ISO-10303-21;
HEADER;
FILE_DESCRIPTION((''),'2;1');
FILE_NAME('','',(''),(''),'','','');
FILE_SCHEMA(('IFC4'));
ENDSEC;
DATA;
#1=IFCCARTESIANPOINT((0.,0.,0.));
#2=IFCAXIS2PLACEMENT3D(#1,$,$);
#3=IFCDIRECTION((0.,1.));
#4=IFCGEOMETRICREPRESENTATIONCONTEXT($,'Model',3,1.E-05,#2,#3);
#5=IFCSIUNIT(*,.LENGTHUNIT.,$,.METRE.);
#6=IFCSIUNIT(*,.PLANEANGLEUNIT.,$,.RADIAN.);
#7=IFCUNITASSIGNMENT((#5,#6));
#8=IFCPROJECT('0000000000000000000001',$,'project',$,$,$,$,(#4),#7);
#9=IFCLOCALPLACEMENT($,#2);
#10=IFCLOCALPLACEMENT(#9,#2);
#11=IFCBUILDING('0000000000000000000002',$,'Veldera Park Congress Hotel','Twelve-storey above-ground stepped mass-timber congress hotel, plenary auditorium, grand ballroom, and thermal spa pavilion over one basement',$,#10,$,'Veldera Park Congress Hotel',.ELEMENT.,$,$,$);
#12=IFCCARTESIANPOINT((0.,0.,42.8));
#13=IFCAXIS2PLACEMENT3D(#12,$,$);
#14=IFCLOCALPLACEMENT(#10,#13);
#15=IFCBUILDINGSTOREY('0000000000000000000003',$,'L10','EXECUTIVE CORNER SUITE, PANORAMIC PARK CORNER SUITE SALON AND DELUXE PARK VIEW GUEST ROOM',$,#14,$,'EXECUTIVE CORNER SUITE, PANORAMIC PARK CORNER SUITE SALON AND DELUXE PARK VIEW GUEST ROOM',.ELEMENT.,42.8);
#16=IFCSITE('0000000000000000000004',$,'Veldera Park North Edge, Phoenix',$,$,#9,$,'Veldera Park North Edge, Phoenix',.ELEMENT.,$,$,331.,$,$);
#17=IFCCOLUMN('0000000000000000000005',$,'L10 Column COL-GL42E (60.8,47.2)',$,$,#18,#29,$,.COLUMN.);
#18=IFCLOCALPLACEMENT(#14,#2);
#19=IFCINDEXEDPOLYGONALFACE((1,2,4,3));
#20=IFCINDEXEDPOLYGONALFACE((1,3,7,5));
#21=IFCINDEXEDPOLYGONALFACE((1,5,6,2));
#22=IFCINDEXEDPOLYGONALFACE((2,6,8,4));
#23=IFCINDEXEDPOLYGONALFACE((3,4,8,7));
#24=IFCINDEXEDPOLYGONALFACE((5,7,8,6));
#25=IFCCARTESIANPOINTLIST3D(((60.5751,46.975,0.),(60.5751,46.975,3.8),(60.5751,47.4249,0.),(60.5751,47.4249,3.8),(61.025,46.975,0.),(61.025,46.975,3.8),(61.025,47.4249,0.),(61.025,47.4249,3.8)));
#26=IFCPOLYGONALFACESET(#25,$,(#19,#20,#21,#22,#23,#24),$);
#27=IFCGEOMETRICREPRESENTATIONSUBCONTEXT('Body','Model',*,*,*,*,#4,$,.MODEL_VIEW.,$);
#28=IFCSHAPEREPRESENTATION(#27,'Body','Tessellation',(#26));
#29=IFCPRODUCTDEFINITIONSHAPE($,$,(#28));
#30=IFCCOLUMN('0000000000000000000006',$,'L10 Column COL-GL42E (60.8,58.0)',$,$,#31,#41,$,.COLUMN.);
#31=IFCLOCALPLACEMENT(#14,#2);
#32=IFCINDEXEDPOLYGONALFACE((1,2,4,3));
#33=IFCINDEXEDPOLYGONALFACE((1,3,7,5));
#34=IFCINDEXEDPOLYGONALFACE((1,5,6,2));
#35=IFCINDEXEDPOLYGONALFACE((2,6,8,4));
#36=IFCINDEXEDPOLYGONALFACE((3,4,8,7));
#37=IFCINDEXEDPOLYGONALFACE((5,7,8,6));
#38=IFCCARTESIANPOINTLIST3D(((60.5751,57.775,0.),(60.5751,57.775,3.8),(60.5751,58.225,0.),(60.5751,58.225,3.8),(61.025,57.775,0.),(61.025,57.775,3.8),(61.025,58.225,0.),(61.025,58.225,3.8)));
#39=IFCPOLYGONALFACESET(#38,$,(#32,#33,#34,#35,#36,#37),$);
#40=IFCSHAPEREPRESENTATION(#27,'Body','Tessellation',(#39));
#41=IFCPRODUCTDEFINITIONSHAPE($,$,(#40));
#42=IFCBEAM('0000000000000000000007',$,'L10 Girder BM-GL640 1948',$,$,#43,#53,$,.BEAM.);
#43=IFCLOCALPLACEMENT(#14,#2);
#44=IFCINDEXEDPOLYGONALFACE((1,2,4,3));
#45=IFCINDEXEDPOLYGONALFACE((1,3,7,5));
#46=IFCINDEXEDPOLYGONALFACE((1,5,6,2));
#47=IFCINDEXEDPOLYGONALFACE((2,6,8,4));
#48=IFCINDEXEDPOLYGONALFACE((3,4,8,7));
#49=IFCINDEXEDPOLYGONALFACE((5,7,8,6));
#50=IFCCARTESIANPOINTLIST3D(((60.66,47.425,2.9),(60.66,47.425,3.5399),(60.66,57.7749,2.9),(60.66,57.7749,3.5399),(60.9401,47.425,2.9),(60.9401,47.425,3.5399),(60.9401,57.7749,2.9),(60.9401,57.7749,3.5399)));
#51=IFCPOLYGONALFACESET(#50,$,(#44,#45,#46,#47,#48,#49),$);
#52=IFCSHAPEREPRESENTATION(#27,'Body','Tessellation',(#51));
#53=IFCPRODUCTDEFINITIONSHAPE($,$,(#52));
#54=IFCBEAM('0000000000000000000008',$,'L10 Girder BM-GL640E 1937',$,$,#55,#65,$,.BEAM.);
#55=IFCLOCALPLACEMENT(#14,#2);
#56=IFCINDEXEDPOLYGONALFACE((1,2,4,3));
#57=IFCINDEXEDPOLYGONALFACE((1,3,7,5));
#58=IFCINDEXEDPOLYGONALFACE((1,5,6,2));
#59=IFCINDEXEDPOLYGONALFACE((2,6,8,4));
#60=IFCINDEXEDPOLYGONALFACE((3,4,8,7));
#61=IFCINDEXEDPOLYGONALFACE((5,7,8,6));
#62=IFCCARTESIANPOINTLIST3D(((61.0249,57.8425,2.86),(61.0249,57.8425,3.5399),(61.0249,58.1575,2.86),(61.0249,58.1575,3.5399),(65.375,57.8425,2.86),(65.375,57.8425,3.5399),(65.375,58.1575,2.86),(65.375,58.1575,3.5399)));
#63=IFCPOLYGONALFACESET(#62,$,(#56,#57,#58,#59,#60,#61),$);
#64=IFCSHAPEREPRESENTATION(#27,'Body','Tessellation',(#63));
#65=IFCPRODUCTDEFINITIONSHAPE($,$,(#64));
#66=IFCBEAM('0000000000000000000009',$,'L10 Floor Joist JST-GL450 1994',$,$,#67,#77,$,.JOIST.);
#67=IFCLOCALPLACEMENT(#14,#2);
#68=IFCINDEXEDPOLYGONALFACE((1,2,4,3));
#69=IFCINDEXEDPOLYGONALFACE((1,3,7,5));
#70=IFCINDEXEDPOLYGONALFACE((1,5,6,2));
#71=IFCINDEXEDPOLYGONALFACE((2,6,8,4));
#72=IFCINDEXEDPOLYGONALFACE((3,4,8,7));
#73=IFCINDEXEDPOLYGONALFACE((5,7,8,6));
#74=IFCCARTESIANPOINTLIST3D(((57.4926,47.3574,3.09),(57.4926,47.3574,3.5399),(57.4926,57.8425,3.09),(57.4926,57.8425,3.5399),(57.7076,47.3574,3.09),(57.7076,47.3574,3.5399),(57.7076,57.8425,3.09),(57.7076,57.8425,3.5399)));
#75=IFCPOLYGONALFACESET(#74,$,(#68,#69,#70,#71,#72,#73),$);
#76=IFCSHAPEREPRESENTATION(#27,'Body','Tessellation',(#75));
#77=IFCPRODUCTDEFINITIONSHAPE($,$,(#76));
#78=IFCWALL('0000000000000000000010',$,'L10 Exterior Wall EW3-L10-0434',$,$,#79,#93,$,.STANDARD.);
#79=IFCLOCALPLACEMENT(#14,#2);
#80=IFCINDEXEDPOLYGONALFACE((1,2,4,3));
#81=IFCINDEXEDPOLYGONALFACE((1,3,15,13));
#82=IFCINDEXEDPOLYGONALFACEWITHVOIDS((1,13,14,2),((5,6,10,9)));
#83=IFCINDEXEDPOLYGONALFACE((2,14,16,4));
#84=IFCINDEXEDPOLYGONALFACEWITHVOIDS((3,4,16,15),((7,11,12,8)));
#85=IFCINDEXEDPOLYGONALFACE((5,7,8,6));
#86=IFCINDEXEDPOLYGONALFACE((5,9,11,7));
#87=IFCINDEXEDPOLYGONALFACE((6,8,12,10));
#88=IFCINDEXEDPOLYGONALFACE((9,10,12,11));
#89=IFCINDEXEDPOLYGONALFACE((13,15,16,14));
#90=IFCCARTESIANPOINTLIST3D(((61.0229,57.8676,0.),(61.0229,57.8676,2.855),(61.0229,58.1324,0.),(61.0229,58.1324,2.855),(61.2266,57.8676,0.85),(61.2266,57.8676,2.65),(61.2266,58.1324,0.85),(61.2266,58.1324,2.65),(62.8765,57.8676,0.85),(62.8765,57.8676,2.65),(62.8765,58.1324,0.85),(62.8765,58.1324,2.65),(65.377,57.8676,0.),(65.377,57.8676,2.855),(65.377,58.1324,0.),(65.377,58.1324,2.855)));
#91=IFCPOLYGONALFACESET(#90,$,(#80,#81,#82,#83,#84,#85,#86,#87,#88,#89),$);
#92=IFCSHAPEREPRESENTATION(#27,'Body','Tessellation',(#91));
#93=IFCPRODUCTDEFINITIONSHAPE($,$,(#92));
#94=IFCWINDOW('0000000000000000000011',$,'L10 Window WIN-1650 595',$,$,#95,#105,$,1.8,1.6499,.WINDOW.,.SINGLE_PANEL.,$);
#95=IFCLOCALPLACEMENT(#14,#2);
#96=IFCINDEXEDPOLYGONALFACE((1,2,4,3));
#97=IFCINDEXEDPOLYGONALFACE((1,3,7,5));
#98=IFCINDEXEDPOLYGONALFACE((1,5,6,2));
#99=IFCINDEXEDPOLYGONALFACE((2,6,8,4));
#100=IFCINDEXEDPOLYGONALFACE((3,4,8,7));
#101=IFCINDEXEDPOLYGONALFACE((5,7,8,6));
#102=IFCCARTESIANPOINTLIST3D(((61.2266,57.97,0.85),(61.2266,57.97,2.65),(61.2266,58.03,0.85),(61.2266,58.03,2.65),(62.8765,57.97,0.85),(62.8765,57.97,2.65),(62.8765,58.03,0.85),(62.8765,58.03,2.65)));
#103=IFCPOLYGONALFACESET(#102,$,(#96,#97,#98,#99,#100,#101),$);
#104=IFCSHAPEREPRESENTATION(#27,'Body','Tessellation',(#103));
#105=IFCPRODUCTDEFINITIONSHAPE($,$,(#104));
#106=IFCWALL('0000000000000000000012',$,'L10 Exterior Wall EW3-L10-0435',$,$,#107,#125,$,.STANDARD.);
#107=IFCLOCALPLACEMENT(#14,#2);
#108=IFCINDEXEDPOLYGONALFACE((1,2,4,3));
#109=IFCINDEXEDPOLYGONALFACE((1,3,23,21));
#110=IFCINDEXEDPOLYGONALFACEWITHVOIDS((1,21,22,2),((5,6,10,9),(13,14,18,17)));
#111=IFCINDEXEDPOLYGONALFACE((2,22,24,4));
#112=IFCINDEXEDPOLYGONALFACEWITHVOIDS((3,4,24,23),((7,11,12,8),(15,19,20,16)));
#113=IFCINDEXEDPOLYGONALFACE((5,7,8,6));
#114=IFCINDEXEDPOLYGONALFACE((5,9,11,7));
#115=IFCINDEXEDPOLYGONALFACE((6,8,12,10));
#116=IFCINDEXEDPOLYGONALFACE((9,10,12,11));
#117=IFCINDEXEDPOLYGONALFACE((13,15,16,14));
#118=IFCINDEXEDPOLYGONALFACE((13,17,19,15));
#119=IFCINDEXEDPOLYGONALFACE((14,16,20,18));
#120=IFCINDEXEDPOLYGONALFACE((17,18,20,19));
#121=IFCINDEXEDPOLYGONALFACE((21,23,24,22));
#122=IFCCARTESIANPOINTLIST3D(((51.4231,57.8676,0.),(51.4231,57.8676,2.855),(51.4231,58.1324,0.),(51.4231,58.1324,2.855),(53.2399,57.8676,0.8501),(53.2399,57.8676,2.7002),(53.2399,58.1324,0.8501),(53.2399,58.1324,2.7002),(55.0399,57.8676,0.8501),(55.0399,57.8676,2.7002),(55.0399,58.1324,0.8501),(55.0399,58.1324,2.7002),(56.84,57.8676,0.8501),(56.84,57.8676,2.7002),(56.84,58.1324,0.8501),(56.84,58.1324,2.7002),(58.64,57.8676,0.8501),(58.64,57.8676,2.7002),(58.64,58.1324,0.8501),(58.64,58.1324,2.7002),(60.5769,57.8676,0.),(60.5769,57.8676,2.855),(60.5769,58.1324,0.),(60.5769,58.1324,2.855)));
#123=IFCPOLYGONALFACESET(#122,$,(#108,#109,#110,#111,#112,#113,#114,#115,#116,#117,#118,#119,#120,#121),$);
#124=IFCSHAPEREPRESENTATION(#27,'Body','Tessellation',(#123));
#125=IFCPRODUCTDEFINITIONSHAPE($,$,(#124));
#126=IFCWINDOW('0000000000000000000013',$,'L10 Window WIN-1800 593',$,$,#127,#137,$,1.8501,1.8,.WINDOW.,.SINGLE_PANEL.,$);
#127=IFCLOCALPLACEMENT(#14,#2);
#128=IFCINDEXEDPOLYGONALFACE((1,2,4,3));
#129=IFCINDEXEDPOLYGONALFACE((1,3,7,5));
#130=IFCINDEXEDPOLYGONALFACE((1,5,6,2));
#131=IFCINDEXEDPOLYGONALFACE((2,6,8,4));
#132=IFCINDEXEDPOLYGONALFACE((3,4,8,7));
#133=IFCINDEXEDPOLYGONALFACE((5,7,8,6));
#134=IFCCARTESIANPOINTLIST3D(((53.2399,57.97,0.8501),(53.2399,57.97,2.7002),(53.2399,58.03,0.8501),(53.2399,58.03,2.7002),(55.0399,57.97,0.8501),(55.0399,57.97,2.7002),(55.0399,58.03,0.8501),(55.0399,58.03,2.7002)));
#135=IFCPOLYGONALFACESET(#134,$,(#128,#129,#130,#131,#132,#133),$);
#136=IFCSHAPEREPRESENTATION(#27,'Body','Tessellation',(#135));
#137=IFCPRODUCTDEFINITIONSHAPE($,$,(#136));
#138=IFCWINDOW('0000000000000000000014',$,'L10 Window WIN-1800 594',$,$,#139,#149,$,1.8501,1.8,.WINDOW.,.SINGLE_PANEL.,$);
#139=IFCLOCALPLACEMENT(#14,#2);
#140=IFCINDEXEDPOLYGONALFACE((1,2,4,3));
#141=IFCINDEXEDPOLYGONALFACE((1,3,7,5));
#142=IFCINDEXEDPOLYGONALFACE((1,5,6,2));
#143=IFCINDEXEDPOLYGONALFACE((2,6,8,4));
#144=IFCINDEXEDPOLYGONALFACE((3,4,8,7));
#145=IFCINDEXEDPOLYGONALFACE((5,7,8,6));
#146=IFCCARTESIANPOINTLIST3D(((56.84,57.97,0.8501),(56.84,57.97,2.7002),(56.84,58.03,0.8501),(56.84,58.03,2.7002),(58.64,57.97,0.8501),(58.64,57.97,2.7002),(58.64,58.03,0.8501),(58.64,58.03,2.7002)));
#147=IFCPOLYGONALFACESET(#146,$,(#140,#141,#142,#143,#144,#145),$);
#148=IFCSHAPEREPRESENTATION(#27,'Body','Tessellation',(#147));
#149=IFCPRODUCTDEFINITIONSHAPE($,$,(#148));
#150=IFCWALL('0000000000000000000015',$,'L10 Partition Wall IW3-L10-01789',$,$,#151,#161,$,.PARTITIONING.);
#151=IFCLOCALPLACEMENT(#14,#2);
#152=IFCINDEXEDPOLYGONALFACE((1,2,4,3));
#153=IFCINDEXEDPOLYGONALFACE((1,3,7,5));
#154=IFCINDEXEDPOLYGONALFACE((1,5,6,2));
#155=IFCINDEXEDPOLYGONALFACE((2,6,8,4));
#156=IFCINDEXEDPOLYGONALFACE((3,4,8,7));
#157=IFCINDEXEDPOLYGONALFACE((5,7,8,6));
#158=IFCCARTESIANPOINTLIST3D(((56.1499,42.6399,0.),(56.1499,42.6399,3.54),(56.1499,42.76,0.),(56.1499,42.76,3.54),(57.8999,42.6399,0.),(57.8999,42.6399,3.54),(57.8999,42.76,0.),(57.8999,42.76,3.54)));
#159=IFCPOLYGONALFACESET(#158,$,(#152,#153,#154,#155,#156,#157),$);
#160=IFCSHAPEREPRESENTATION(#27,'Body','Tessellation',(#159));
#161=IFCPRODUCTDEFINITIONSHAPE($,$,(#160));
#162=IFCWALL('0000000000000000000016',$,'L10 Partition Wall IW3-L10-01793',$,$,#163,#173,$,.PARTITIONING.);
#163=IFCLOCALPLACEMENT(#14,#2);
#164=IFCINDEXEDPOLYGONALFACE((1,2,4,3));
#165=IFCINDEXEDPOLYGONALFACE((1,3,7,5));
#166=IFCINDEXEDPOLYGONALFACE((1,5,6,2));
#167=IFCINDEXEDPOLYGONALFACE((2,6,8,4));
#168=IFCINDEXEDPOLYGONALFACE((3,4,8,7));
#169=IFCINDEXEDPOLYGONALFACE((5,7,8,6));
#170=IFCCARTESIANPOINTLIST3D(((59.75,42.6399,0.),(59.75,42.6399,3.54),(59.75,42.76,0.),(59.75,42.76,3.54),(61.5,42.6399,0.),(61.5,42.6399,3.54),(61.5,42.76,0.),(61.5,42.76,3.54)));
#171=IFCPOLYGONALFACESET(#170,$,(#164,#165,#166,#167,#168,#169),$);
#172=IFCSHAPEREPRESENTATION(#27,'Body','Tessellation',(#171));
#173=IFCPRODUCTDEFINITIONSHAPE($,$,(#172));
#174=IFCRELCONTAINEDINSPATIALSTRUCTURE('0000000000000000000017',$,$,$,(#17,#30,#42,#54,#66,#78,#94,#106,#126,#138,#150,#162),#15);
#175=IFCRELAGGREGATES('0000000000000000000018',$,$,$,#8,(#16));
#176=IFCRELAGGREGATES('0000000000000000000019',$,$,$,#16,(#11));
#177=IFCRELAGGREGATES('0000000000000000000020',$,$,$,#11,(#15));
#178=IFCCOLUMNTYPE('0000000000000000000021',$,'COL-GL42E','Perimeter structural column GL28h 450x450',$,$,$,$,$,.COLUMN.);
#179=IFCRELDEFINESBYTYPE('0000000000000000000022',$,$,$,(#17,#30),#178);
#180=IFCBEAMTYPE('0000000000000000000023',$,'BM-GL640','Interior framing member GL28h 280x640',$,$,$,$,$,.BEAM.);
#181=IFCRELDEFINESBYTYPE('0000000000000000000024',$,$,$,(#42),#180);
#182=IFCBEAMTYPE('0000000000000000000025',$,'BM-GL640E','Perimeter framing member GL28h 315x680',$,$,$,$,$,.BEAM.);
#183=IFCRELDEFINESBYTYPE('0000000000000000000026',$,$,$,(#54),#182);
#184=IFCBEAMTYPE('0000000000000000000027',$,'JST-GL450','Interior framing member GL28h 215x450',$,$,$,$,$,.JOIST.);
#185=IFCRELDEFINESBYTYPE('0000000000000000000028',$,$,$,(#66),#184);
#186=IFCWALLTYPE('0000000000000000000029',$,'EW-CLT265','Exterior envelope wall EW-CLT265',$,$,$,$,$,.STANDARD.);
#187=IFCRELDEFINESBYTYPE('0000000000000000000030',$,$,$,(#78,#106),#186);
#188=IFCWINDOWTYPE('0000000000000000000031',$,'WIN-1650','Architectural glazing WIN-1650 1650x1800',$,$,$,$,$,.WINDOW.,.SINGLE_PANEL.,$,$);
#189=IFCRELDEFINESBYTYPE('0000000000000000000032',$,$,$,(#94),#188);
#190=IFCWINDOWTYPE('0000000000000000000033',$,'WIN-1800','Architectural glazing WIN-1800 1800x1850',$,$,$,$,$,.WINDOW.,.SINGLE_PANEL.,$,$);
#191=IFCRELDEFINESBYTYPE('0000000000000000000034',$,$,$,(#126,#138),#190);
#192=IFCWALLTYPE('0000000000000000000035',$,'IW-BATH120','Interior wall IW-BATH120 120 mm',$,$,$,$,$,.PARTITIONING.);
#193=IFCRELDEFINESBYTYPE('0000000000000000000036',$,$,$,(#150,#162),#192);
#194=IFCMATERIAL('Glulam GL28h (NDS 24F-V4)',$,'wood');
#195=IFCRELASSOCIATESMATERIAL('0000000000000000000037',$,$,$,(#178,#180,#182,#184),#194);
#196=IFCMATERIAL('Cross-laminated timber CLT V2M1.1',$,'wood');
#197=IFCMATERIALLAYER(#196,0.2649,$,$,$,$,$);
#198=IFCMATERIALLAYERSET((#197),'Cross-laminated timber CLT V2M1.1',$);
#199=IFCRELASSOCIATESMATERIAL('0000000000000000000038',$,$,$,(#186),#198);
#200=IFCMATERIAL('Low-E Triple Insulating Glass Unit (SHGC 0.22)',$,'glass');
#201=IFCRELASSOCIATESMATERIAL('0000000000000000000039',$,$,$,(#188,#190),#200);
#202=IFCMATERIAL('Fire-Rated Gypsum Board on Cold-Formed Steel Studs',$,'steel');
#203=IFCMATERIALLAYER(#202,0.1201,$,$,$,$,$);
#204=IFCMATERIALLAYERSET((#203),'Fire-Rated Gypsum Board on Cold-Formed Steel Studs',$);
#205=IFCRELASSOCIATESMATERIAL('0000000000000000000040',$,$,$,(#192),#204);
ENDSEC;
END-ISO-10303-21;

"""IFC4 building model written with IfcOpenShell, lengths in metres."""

from ifc_helpers import new_model, si_unit, direction, frame, frame_2d, origin, origin_2d, place, context, subcontext, project, spatial, rectangle, extrude, material, layer, layer_set, material_profile, profile_set, type_object, element, fill, save


model = new_model("IFC4")

# Units and contexts
model_context = context("Model", 3, precision=1e-05, world=origin(), true_north=direction((0.0, 1.0)))
body_context = subcontext(model_context, "Body", "Model", "MODEL_VIEW")
ifc_project = project(units=[si_unit("LENGTHUNIT", "METRE"), si_unit("PLANEANGLEUNIT", "RADIAN")], contexts=[model_context])

# Site, building, storey
site_placement = place(None, origin())
site = spatial("IfcSite", under=ifc_project, at=site_placement, Name="Veldera Park North Edge, Phoenix", LongName="Veldera Park North Edge, Phoenix", CompositionType="ELEMENT", RefElevation=331.0)
building_placement = place(site_placement, origin())
building = spatial("IfcBuilding", under=site, at=building_placement, Name="Veldera Park Congress Hotel", Description="Twelve-storey above-ground stepped mass-timber congress hotel, plenary auditorium, grand ballroom, and thermal spa pavilion over one basement", LongName="Veldera Park Congress Hotel", CompositionType="ELEMENT")
storey_placement = place(building_placement, frame((0.0, 0.0, 42.8)))
storey = spatial("IfcBuildingStorey", under=building, at=storey_placement, Name="L10", Description="EXECUTIVE CORNER SUITE, PANORAMIC PARK CORNER SUITE SALON AND DELUXE PARK VIEW GUEST ROOM", LongName="EXECUTIVE CORNER SUITE, PANORAMIC PARK CORNER SUITE SALON AND DELUXE PARK VIEW GUEST ROOM", CompositionType="ELEMENT", Elevation=42.8)

# Columns
ifc_material_1 = material(Name="Glulam GL28h (NDS 24F-V4)", Category="wood")
ifc_material_profile_1 = material_profile(ifc_material_1, rectangle(XDim=0.45, YDim=0.45, at=origin_2d()), Name="GL28h 450x450")
ifc_profile_set_1 = profile_set([ifc_material_profile_1], Name="Glulam GL28h (NDS 24F-V4)")
column_type = type_object("IfcColumnType", Name="COL-GL42E", Description="Perimeter structural column GL28h 450x450", PredefinedType="COLUMN", material=ifc_profile_set_1)
for number, where, z_axis, x_axis, name in (
    (1, (60.8, 47.2, 0.0), (0.0, 0.0, 1.0), (1.0, 0.0, 0.0), "L10 Column COL-GL42E (60.8,47.2)"),
    (2, (60.8, 58.0, 0.0), (0.0, 0.0, 1.0), (1.0, 0.0, 0.0), "L10 Column COL-GL42E (60.8,58.0)"),
):
    element("IfcColumn", number, at=place(storey_placement, frame(where, z_axis=z_axis, x_axis=x_axis)), inside=storey, type_object=column_type, Name=name, PredefinedType="COLUMN", context=body_context, shape_type="SweptSolid", body=[
        extrude(rectangle(XDim=0.45, YDim=0.45, at=origin_2d()), origin(), (0.0, 0.0, 1.0), 3.8),
    ])

# Beams
ifc_material_profile_2 = material_profile(ifc_material_1, rectangle(XDim=0.28, YDim=0.6399, at=origin_2d()), Name="GL28h 280x640")
ifc_profile_set_2 = profile_set([ifc_material_profile_2], Name="Glulam GL28h (NDS 24F-V4)")
beam_type_1 = type_object("IfcBeamType", Name="BM-GL640", Description="Interior framing member GL28h 280x640", PredefinedType="BEAM", material=ifc_profile_set_2)
beam_1_placement = place(storey_placement, frame((60.8, 47.425, 3.22), z_axis=(0.0, 1.0, 0.0), x_axis=(-1.0, 0.0, 0.0)))
element("IfcBeam", 3, at=beam_1_placement, inside=storey, type_object=beam_type_1, Name="L10 Girder BM-GL640 1948", PredefinedType="BEAM", context=body_context, shape_type="SweptSolid", body=[
    extrude(rectangle(XDim=0.28, YDim=0.6399, at=origin_2d()), origin(), (0.0, 0.0, 1.0), 10.3499),
])
ifc_material_profile_3 = material_profile(ifc_material_1, rectangle(XDim=0.3149, YDim=0.6799, at=origin_2d()), Name="GL28h 315x680")
ifc_profile_set_3 = profile_set([ifc_material_profile_3], Name="Glulam GL28h (NDS 24F-V4)")
beam_type_2 = type_object("IfcBeamType", Name="BM-GL640E", Description="Perimeter framing member GL28h 315x680", PredefinedType="BEAM", material=ifc_profile_set_3)
beam_2_placement = place(storey_placement, frame((61.0249, 58.0, 3.2), z_axis=(1.0, 0.0, 0.0), x_axis=(0.0, 1.0, 0.0)))
element("IfcBeam", 4, at=beam_2_placement, inside=storey, type_object=beam_type_2, Name="L10 Girder BM-GL640E 1937", PredefinedType="BEAM", context=body_context, shape_type="SweptSolid", body=[
    extrude(rectangle(XDim=0.3149, YDim=0.6799, at=origin_2d()), origin(), (0.0, 0.0, 1.0), 4.3501),
])
ifc_material_profile_4 = material_profile(ifc_material_1, rectangle(XDim=0.2151, YDim=0.45, at=origin_2d()), Name="GL28h 215x450")
ifc_profile_set_4 = profile_set([ifc_material_profile_4], Name="Glulam GL28h (NDS 24F-V4)")
beam_type_3 = type_object("IfcBeamType", Name="JST-GL450", Description="Interior framing member GL28h 215x450", PredefinedType="JOIST", material=ifc_profile_set_4)
beam_3_placement = place(storey_placement, frame((57.6001, 47.3574, 3.3149), z_axis=(0.0, 1.0, 0.0), x_axis=(-1.0, 0.0, 0.0)))
element("IfcBeam", 5, at=beam_3_placement, inside=storey, type_object=beam_type_3, Name="L10 Floor Joist JST-GL450 1994", PredefinedType="JOIST", context=body_context, shape_type="SweptSolid", body=[
    extrude(rectangle(XDim=0.2151, YDim=0.45, at=origin_2d()), origin(), (0.0, 0.0, 1.0), 10.4851),
])

# Wall, opening, window
ifc_material_2 = material(Name="Cross-laminated timber CLT V2M1.1", Category="wood")
ifc_layer_1 = layer(ifc_material_2, 0.2649)
ifc_layer_set_1 = layer_set([ifc_layer_1], Name="Cross-laminated timber CLT V2M1.1")
wall_type_1 = type_object("IfcWallType", Name="EW-CLT265", Description="Exterior envelope wall EW-CLT265", PredefinedType="STANDARD", material=ifc_layer_set_1)
wall_1_placement = place(storey_placement, frame((65.377, 58.0, 0.0), z_axis=(0.0, 0.0, 1.0), x_axis=(-1.0, 0.0, 0.0)))
wall_1 = element("IfcWall", 6, at=wall_1_placement, inside=storey, type_object=wall_type_1, Name="L10 Exterior Wall EW3-L10-0434", PredefinedType="STANDARD", context=body_context, shape_type="SweptSolid", body=[
    extrude(rectangle(XDim=4.354, YDim=0.2649, at=frame_2d((2.177, 0.0))), origin(), (0.0, 0.0, 1.0), 2.855),
])
opening_1_placement = place(wall_1_placement, frame((2.5005, 0.0, 0.8501)))
opening_1 = element("IfcOpeningElement", 7, at=opening_1_placement, cuts=wall_1, PredefinedType="OPENING", context=body_context, shape_type="SweptSolid", body=[
    extrude(rectangle(XDim=1.6499, YDim=1.8, at=frame_2d((0.825, 0.8999))), frame((0.0, 0.1445, 0.0), z_axis=(0.0, -1.0, 0.0), x_axis=(1.0, 0.0, 0.0)), (0.0, 0.0, 1.0), 0.2888),
])
ifc_material_3 = material(Name="Low-E Triple Insulating Glass Unit (SHGC 0.22)", Category="glass")
window_type_1 = type_object("IfcWindowType", Name="WIN-1650", Description="Architectural glazing WIN-1650 1650x1800", PartitioningType="SINGLE_PANEL", PredefinedType="WINDOW", material=ifc_material_3)
window_1_placement = place(opening_1_placement, origin())
window_1 = element("IfcWindow", 8, at=window_1_placement, inside=storey, type_object=window_type_1, Name="L10 Window WIN-1650 595", OverallHeight=1.8, OverallWidth=1.6499, PartitioningType="SINGLE_PANEL", PredefinedType="WINDOW", context=body_context, shape_type="SweptSolid", body=[
    extrude(rectangle(XDim=1.6499, YDim=1.8, at=frame_2d((0.825, 0.8999))), frame((0.0, 0.03, 0.0), z_axis=(0.0, -1.0, 0.0), x_axis=(1.0, 0.0, 0.0)), (0.0, 0.0, 1.0), 0.0601),
])
fill(opening_1, window_1)

# Wall, openings, windows
wall_2_placement = place(storey_placement, frame((60.5769, 58.0, 0.0), z_axis=(0.0, 0.0, 1.0), x_axis=(-1.0, 0.0, 0.0)))
wall_2 = element("IfcWall", 9, at=wall_2_placement, inside=storey, type_object=wall_type_1, Name="L10 Exterior Wall EW3-L10-0435", PredefinedType="STANDARD", context=body_context, shape_type="SweptSolid", body=[
    extrude(rectangle(XDim=9.1538, YDim=0.2649, at=frame_2d((4.5769, 0.0))), origin(), (0.0, 0.0, 1.0), 2.855),
])
opening_2_placement = place(wall_2_placement, frame((5.5371, 0.0, 0.8501)))
opening_2 = element("IfcOpeningElement", 10, at=opening_2_placement, cuts=wall_2, PredefinedType="OPENING", context=body_context, shape_type="SweptSolid", body=[
    extrude(rectangle(XDim=1.8, YDim=1.8501, at=frame_2d((0.8999, 0.925))), frame((0.0, 0.1445, 0.0), z_axis=(0.0, -1.0, 0.0), x_axis=(1.0, 0.0, 0.0)), (0.0, 0.0, 1.0), 0.2888),
])
opening_3_placement = place(wall_2_placement, frame((1.937, 0.0, 0.8501)))
opening_3 = element("IfcOpeningElement", 11, at=opening_3_placement, cuts=wall_2, PredefinedType="OPENING", context=body_context, shape_type="SweptSolid", body=[
    extrude(rectangle(XDim=1.8, YDim=1.8501, at=frame_2d((0.8999, 0.925))), frame((0.0, 0.1445, 0.0), z_axis=(0.0, -1.0, 0.0), x_axis=(1.0, 0.0, 0.0)), (0.0, 0.0, 1.0), 0.2888),
])
window_type_2 = type_object("IfcWindowType", Name="WIN-1800", Description="Architectural glazing WIN-1800 1800x1850", PartitioningType="SINGLE_PANEL", PredefinedType="WINDOW", material=ifc_material_3)
window_2_placement = place(opening_2_placement, origin())
window_2 = element("IfcWindow", 12, at=window_2_placement, inside=storey, type_object=window_type_2, Name="L10 Window WIN-1800 593", OverallHeight=1.8501, OverallWidth=1.8, PartitioningType="SINGLE_PANEL", PredefinedType="WINDOW", context=body_context, shape_type="SweptSolid", body=[
    extrude(rectangle(XDim=1.8, YDim=1.8501, at=frame_2d((0.8999, 0.925))), frame((0.0, 0.03, 0.0), z_axis=(0.0, -1.0, 0.0), x_axis=(1.0, 0.0, 0.0)), (0.0, 0.0, 1.0), 0.0601),
])
fill(opening_2, window_2)
window_3_placement = place(opening_3_placement, origin())
window_3 = element("IfcWindow", 13, at=window_3_placement, inside=storey, type_object=window_type_2, Name="L10 Window WIN-1800 594", OverallHeight=1.8501, OverallWidth=1.8, PartitioningType="SINGLE_PANEL", PredefinedType="WINDOW", context=body_context, shape_type="SweptSolid", body=[
    extrude(rectangle(XDim=1.8, YDim=1.8501, at=frame_2d((0.8999, 0.925))), frame((0.0, 0.03, 0.0), z_axis=(0.0, -1.0, 0.0), x_axis=(1.0, 0.0, 0.0)), (0.0, 0.0, 1.0), 0.0601),
])
fill(opening_3, window_3)

# Shared definitions
ifc_material_4 = material(Name="Fire-Rated Gypsum Board on Cold-Formed Steel Studs", Category="steel")
ifc_layer_2 = layer(ifc_material_4, 0.1201)
ifc_layer_set_2 = layer_set([ifc_layer_2], Name="Fire-Rated Gypsum Board on Cold-Formed Steel Studs")
wall_type_2 = type_object("IfcWallType", Name="IW-BATH120", Description="Interior wall IW-BATH120 120 mm", PredefinedType="PARTITIONING", material=ifc_layer_set_2)

# Wall
wall_3_placement = place(storey_placement, frame((56.1499, 42.7, 0.0), z_axis=(0.0, 0.0, 1.0), x_axis=(1.0, 0.0, 0.0)))
element("IfcWall", 14, at=wall_3_placement, inside=storey, type_object=wall_type_2, Name="L10 Partition Wall IW3-L10-01789", PredefinedType="PARTITIONING", context=body_context, shape_type="SweptSolid", body=[
    extrude(rectangle(XDim=1.75, YDim=0.1201, at=frame_2d((0.875, 0.0))), origin(), (0.0, 0.0, 1.0), 3.54),
])

# Wall
wall_4_placement = place(storey_placement, frame((59.75, 42.7, 0.0), z_axis=(0.0, 0.0, 1.0), x_axis=(1.0, 0.0, 0.0)))
element("IfcWall", 15, at=wall_4_placement, inside=storey, type_object=wall_type_2, Name="L10 Partition Wall IW3-L10-01793", PredefinedType="PARTITIONING", context=body_context, shape_type="SweptSolid", body=[
    extrude(rectangle(XDim=1.75, YDim=0.1201, at=frame_2d((0.875, 0.0))), origin(), (0.0, 0.0, 1.0), 3.54),
])

save(model, "model.ifc")
